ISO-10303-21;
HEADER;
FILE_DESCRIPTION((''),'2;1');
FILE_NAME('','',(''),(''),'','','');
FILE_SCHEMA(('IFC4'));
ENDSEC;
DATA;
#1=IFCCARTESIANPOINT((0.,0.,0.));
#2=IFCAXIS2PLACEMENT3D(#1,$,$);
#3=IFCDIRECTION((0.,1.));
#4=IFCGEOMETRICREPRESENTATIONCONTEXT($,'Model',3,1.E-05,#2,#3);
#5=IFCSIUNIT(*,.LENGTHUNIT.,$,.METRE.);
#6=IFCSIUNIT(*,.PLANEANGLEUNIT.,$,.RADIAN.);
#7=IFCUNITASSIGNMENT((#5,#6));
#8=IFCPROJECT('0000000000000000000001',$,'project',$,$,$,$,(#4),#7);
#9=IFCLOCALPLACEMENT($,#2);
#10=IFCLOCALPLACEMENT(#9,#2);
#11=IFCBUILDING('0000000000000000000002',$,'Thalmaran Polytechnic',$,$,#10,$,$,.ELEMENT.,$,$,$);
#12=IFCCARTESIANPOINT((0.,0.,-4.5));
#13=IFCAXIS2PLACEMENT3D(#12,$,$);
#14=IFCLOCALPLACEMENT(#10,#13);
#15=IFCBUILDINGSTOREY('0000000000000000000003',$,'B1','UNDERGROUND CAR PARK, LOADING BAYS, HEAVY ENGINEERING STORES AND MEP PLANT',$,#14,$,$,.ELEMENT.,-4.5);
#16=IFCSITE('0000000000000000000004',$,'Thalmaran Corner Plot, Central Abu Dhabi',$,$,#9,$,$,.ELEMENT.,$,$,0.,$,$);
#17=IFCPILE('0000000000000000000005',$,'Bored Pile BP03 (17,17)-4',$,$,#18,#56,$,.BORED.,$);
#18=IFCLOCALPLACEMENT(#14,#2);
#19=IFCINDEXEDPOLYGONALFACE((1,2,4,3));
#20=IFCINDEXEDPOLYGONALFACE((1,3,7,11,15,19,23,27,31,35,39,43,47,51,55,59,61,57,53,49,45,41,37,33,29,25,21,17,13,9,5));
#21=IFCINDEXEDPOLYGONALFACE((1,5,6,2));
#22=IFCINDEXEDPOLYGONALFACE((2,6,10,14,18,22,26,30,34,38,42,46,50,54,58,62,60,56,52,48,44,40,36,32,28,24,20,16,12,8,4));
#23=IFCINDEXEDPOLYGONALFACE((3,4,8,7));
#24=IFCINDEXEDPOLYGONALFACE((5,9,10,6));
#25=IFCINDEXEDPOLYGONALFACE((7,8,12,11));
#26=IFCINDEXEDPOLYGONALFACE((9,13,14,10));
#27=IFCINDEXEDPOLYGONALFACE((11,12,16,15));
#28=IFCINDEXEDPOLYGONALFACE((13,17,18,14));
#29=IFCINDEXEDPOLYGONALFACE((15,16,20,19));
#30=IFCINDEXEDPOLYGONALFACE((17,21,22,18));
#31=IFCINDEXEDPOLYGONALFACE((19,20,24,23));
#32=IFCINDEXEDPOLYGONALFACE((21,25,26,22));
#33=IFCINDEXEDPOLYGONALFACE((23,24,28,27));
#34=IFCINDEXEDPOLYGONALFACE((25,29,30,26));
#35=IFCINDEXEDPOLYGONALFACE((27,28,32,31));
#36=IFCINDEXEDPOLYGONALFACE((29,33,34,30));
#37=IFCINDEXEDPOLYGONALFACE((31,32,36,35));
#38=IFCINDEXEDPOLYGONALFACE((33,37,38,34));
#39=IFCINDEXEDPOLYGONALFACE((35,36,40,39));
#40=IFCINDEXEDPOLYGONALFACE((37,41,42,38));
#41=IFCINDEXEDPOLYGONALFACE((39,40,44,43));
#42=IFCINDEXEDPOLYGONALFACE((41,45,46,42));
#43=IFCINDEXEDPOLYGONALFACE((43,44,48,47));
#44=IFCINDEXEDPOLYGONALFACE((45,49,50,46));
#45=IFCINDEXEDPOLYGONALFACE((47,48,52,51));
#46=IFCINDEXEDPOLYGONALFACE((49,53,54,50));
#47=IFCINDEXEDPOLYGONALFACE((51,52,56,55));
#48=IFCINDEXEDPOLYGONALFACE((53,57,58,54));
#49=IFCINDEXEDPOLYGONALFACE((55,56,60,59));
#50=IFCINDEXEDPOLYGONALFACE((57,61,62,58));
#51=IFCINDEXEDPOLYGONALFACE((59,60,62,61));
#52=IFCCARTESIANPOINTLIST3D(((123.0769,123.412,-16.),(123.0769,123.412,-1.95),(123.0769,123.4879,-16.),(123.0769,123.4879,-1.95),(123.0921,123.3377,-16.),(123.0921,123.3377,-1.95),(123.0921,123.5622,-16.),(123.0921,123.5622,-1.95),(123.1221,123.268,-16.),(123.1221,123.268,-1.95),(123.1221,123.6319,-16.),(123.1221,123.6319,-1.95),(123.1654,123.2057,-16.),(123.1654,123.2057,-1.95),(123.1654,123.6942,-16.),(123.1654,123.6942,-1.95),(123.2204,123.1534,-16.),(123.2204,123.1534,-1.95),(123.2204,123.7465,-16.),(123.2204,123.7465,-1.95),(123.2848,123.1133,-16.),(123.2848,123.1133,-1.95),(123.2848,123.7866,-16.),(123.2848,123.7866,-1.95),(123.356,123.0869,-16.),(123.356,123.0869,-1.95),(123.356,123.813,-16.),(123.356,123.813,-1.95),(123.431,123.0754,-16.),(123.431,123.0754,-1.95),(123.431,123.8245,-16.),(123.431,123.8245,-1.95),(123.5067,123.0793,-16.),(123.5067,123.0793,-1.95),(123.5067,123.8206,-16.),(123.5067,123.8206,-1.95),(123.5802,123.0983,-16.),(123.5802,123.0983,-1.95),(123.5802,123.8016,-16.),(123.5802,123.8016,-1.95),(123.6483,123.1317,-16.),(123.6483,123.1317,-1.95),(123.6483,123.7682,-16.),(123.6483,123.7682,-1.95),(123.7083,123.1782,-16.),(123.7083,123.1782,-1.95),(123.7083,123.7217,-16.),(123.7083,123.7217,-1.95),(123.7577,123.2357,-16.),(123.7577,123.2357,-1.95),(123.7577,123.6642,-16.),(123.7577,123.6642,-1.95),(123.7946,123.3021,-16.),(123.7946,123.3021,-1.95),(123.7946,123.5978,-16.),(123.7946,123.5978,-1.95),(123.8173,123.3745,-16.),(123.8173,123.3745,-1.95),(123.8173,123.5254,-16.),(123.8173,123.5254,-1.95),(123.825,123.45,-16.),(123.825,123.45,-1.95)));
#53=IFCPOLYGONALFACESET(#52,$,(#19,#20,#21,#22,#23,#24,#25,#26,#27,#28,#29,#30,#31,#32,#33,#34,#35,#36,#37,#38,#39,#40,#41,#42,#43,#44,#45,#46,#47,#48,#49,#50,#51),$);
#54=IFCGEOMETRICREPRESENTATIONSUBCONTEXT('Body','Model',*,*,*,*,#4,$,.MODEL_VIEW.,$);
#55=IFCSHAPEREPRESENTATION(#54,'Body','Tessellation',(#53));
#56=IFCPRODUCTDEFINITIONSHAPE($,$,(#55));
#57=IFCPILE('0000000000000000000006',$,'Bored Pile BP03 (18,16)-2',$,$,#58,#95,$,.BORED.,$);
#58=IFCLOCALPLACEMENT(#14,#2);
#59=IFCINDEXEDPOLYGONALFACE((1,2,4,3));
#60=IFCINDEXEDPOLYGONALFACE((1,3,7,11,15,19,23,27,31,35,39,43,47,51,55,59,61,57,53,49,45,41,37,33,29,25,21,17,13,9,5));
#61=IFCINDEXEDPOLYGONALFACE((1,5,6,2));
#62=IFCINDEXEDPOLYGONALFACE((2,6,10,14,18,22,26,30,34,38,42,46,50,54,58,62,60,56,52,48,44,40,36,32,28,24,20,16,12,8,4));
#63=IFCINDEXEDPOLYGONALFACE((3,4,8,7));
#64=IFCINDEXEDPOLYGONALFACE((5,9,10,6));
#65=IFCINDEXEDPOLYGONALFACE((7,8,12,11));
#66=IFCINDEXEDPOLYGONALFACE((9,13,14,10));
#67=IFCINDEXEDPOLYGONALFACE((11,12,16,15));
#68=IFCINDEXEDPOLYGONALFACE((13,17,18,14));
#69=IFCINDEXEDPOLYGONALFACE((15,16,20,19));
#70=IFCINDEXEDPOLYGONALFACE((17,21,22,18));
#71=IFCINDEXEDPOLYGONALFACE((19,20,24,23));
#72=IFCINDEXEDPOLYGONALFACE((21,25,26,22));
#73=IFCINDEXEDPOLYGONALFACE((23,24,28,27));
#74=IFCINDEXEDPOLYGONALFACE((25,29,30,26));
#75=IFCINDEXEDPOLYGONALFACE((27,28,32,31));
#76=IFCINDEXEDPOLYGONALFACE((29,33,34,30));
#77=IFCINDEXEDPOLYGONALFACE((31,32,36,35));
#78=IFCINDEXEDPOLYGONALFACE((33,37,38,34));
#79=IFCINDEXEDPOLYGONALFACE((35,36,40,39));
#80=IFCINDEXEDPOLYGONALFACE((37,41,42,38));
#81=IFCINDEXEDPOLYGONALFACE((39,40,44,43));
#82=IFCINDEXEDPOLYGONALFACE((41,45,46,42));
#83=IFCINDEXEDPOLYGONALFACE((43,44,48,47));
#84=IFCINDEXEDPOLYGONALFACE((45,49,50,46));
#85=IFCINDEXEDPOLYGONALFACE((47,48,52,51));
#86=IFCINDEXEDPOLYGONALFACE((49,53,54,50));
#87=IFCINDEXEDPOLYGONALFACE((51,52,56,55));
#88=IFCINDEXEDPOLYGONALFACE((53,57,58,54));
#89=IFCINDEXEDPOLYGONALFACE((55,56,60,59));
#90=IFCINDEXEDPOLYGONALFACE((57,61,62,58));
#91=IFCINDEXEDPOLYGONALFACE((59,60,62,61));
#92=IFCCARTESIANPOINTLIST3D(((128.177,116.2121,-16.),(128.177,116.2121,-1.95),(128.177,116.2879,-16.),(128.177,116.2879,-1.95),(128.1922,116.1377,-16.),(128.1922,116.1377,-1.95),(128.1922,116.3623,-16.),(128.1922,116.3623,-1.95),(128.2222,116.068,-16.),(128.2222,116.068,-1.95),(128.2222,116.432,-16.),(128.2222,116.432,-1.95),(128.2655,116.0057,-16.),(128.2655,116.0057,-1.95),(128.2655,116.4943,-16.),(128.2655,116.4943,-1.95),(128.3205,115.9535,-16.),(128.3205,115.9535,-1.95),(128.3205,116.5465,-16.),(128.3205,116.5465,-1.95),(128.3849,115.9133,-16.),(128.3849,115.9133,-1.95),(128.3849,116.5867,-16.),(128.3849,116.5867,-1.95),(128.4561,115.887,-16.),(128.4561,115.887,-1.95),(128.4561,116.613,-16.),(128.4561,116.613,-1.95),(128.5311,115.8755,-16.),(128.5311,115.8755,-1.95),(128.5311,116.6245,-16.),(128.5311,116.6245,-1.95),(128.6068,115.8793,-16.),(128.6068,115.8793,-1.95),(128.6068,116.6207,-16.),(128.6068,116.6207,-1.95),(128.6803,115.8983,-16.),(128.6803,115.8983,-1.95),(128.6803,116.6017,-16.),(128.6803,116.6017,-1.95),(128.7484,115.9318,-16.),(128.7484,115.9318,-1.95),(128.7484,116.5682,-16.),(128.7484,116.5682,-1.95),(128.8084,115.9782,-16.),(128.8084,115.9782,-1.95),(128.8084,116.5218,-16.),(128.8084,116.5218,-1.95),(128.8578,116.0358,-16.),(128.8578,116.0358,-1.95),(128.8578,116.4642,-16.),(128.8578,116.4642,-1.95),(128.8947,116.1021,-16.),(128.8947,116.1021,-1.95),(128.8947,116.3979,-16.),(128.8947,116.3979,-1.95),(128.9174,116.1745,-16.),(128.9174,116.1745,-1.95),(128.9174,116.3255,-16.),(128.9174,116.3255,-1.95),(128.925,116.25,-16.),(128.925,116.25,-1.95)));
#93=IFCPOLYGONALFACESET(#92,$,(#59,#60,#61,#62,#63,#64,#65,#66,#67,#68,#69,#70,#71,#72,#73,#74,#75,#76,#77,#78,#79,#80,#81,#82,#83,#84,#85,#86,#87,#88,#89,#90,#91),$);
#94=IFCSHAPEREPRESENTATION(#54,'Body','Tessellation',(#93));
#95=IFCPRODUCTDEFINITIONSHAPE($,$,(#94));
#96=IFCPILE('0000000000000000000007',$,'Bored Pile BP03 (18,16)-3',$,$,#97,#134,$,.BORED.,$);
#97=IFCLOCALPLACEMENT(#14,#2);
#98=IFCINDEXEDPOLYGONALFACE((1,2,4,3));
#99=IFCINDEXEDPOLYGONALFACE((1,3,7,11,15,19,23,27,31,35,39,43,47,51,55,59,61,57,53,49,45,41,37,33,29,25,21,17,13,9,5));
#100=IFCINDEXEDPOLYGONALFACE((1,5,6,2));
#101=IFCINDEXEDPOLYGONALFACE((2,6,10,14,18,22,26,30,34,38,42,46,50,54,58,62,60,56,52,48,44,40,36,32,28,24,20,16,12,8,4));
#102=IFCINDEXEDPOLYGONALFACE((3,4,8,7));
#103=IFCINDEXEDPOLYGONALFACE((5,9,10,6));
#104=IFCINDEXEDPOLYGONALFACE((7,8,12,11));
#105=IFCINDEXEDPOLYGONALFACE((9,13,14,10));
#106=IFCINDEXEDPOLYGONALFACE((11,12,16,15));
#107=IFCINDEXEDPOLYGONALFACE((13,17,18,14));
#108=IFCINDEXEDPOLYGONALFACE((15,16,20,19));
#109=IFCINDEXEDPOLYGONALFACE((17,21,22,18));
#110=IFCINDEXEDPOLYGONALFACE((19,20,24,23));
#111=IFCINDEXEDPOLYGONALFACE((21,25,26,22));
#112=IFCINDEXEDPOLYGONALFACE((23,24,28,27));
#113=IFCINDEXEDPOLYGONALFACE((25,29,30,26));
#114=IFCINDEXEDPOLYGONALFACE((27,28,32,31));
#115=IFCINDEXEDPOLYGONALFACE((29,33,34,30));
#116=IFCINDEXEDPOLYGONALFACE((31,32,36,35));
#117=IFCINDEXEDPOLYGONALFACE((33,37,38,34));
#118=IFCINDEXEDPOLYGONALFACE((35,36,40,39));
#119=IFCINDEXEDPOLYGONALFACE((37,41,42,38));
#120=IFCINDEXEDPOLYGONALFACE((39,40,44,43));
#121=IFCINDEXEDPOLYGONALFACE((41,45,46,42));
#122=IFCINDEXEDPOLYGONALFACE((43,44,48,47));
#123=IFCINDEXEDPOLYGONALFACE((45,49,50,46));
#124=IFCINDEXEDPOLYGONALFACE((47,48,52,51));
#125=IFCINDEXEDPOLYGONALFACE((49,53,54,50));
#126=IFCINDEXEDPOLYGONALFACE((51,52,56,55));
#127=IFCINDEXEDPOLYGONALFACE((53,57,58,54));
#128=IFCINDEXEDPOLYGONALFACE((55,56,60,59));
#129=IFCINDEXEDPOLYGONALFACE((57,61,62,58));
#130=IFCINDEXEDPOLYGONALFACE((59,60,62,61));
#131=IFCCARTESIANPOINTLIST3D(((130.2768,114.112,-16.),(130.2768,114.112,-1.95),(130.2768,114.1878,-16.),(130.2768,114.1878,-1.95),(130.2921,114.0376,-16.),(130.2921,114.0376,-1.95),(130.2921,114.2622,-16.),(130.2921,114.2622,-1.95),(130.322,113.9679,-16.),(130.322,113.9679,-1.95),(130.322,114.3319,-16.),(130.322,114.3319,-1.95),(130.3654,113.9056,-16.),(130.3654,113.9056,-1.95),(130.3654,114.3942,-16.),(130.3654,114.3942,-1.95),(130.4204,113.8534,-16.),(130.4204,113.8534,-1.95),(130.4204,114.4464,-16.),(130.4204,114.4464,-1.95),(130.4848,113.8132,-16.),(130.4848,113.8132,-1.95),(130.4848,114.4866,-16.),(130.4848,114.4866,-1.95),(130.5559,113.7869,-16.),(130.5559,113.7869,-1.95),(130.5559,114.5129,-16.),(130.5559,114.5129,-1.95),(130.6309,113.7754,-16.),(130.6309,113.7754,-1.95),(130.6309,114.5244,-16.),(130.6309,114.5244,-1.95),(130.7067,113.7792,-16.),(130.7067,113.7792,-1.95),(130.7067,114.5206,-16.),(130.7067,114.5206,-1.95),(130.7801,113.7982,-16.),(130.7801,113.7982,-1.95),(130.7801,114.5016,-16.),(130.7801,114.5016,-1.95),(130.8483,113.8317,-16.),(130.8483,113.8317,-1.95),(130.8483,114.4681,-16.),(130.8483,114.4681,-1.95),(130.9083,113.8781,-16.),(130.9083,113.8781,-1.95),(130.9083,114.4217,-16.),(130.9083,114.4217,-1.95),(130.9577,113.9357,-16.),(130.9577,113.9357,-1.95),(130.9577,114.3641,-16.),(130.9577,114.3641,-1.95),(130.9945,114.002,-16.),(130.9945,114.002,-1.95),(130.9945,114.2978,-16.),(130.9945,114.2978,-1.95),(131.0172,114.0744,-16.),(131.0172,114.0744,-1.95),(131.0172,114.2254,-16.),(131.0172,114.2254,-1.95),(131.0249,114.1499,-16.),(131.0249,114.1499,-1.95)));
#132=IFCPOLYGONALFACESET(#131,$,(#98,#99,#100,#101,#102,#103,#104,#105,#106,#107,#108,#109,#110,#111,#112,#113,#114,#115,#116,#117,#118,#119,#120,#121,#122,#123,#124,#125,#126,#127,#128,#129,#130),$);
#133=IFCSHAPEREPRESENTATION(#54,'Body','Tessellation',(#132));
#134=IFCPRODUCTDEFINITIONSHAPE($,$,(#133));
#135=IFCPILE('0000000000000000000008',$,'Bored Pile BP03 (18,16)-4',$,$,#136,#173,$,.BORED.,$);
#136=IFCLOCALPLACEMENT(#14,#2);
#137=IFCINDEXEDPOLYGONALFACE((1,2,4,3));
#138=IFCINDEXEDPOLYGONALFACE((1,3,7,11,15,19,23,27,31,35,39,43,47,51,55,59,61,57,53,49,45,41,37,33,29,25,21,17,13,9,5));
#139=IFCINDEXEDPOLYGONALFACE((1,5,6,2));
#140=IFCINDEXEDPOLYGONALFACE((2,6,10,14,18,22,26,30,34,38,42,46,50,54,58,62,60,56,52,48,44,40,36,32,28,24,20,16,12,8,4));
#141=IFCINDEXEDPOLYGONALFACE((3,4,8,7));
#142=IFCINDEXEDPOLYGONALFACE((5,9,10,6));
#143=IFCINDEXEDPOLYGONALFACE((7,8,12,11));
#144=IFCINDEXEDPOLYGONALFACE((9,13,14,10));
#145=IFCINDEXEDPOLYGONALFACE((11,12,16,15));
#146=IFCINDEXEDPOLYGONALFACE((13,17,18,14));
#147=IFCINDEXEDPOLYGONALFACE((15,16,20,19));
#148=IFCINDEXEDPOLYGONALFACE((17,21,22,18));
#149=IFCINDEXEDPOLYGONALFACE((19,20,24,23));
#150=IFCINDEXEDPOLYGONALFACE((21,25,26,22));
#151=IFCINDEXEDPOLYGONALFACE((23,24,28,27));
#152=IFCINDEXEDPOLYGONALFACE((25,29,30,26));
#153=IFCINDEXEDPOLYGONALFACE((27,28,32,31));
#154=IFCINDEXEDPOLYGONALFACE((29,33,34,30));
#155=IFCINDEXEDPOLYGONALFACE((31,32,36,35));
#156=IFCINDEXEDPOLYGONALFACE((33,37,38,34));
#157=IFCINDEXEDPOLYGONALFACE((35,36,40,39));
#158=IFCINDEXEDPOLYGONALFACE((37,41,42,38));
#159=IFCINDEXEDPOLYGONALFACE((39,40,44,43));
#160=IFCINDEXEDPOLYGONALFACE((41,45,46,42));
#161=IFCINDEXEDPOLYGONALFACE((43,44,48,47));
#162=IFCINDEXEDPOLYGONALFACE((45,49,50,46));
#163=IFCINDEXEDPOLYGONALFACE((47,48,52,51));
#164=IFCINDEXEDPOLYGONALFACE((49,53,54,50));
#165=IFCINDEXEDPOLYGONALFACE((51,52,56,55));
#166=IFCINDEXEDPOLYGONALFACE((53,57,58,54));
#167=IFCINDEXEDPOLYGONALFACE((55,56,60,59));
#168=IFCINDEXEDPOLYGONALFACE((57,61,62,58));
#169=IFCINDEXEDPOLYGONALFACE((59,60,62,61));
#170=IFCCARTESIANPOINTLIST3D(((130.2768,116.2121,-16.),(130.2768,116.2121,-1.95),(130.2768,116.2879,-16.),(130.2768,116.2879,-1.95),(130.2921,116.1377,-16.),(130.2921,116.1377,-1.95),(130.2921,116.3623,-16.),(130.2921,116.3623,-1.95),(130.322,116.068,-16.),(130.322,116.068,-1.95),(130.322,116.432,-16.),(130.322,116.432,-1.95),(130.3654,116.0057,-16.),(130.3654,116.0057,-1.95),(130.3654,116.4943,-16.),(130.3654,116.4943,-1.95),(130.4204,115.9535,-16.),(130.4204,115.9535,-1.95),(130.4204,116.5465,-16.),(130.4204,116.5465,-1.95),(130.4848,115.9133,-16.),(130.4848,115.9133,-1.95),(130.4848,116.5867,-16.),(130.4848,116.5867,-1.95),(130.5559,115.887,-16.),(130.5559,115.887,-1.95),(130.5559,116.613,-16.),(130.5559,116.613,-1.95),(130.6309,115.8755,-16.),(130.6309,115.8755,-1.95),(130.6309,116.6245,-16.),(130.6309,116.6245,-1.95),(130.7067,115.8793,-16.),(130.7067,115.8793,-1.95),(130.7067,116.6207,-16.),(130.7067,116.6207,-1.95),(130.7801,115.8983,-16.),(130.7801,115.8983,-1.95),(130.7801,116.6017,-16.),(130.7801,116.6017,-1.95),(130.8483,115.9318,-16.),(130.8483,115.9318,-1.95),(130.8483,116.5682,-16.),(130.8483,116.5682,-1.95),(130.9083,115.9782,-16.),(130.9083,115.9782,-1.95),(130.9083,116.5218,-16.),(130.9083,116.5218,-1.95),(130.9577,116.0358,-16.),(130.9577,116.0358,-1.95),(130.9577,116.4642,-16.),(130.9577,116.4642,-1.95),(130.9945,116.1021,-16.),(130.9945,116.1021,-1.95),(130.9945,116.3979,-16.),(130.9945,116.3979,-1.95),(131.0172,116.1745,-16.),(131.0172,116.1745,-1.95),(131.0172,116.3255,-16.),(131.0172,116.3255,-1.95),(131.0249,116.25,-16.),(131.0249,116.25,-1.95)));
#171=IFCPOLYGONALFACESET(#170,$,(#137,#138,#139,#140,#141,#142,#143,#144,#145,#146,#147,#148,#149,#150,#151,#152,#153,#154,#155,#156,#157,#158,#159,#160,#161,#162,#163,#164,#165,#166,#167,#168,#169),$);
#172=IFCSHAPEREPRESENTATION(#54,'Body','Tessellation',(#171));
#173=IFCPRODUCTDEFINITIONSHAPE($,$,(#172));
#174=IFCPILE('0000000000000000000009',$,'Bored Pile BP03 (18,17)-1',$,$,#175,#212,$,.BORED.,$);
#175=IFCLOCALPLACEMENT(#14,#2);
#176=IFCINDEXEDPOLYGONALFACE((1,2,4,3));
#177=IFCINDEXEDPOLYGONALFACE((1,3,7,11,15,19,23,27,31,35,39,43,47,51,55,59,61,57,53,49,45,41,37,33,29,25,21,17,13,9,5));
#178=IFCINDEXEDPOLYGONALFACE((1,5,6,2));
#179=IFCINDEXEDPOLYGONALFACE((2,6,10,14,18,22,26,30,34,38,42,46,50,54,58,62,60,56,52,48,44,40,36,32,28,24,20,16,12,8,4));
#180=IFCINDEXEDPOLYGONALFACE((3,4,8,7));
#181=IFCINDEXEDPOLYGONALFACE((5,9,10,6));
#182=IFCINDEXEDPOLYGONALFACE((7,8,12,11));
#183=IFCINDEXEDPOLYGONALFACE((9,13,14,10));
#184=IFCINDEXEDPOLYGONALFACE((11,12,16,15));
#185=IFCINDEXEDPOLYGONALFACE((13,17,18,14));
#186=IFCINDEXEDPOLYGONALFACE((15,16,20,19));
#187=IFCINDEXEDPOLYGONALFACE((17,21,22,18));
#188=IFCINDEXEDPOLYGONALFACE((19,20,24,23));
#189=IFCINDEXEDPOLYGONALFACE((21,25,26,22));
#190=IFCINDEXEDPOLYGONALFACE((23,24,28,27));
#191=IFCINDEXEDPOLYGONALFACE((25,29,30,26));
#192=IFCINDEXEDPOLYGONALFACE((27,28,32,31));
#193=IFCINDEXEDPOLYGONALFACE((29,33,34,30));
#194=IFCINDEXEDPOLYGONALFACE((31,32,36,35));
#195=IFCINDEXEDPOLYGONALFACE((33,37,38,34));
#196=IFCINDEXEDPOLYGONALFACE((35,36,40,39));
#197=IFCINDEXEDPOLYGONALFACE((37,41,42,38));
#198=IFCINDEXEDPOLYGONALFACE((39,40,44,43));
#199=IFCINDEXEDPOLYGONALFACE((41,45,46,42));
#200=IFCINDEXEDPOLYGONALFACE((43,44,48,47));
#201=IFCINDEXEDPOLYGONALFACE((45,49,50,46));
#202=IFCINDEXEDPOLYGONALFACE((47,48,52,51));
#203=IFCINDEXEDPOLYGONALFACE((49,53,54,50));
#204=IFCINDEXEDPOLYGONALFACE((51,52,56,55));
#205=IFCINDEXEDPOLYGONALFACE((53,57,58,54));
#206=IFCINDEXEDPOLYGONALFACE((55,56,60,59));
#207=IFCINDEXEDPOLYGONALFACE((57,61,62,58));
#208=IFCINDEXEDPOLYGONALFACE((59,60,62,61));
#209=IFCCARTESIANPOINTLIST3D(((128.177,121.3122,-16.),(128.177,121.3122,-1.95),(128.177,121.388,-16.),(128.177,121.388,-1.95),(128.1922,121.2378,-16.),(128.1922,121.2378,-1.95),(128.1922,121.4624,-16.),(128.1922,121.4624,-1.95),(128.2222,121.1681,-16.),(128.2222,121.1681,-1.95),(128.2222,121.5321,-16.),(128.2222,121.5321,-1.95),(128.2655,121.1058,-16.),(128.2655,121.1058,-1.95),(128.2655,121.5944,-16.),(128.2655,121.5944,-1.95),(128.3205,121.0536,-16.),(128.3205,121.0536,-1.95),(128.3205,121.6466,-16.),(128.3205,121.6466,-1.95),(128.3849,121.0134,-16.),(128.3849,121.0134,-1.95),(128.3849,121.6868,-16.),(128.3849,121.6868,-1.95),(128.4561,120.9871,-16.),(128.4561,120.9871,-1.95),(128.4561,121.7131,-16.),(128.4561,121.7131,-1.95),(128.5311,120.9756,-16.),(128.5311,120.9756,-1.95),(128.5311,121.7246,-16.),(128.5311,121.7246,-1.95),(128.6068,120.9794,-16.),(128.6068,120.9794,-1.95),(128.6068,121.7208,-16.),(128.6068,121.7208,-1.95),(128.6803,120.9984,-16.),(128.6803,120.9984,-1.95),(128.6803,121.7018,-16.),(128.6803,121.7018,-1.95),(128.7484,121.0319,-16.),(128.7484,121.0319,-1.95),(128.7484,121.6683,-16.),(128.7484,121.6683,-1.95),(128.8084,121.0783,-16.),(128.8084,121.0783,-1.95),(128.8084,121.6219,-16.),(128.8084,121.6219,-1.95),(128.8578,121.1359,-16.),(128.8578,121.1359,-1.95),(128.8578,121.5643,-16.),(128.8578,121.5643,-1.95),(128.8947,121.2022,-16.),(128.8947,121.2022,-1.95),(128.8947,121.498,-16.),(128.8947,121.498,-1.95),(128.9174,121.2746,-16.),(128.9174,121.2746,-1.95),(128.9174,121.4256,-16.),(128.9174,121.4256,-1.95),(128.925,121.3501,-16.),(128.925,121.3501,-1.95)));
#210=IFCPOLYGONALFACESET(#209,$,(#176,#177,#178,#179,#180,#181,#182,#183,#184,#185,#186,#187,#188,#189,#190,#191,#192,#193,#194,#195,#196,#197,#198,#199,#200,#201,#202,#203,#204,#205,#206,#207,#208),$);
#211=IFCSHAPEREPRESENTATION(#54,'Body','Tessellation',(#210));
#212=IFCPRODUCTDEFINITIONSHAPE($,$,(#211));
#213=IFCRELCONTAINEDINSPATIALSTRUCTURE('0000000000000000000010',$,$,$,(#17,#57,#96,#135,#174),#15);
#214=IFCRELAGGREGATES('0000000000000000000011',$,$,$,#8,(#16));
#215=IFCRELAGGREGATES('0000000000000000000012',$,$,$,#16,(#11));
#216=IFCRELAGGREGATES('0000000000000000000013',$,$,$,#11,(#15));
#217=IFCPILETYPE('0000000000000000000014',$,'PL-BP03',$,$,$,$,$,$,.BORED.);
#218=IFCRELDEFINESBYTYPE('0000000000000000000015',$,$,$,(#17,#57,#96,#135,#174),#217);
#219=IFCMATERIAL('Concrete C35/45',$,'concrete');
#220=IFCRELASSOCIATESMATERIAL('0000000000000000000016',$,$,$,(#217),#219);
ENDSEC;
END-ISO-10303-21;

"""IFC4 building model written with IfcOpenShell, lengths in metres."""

from ifc_helpers import new_model, si_unit, direction, frame, origin, origin_2d, place, context, subcontext, project, spatial, circle, extrude, material, material_profile, profile_set, type_object, element, save


model = new_model("IFC4")

# Units and contexts
model_context = context("Model", 3, precision=1e-05, world=origin(), true_north=direction((0.0, 1.0)))
body_context = subcontext(model_context, "Body", "Model", "MODEL_VIEW")
ifc_project = project(units=[si_unit("LENGTHUNIT", "METRE"), si_unit("PLANEANGLEUNIT", "RADIAN")], contexts=[model_context])

# Site, building, storey
site_placement = place(None, origin())
site = spatial("IfcSite", under=ifc_project, at=site_placement, Name="Thalmaran Corner Plot, Central Abu Dhabi", CompositionType="ELEMENT", RefElevation=0.0)
building_placement = place(site_placement, origin())
building = spatial("IfcBuilding", under=site, at=building_placement, Name="Thalmaran Polytechnic", CompositionType="ELEMENT")
storey_placement = place(building_placement, frame((0.0, 0.0, -4.5)))
storey = spatial("IfcBuildingStorey", under=building, at=storey_placement, Name="B1", Description="UNDERGROUND CAR PARK, LOADING BAYS, HEAVY ENGINEERING STORES AND MEP PLANT", CompositionType="ELEMENT", Elevation=-4.5)

# Piles
ifc_material_1 = material(Name="Concrete C35/45", Category="concrete")
ifc_material_profile_1 = material_profile(ifc_material_1, circle(Radius=0.375, at=origin_2d()), Name="RC 750 DIA")
ifc_profile_set_1 = profile_set([ifc_material_profile_1], Name="Concrete C35/45")
pile_type = type_object("IfcPileType", Name="PL-BP03", PredefinedType="BORED", material=ifc_profile_set_1)
for number, where, z_axis, x_axis, name in (
    (1, (123.45, 123.45, -1.95), (0.0, 0.0, -1.0), (1.0, 0.0, 0.0), "Bored Pile BP03 (17,17)-4"),
    (2, (128.55, 116.25, -1.95), (0.0, 0.0, -1.0), (1.0, 0.0, 0.0), "Bored Pile BP03 (18,16)-2"),
    (3, (130.6499, 114.1499, -1.95), (0.0, 0.0, -1.0), (1.0, 0.0, 0.0), "Bored Pile BP03 (18,16)-3"),
    (4, (130.6499, 116.25, -1.95), (0.0, 0.0, -1.0), (1.0, 0.0, 0.0), "Bored Pile BP03 (18,16)-4"),
    (5, (128.55, 121.3501, -1.95), (0.0, 0.0, -1.0), (1.0, 0.0, 0.0), "Bored Pile BP03 (18,17)-1"),
):
    element("IfcPile", number, at=place(storey_placement, frame(where, z_axis=z_axis, x_axis=x_axis)), inside=storey, type_object=pile_type, Name=name, PredefinedType="BORED", context=body_context, shape_type="SweptSolid", body=[
        extrude(circle(Radius=0.375, at=origin_2d()), origin(), (0.0, 0.0, 1.0), 14.05),
    ])

save(model, "model.ifc")
